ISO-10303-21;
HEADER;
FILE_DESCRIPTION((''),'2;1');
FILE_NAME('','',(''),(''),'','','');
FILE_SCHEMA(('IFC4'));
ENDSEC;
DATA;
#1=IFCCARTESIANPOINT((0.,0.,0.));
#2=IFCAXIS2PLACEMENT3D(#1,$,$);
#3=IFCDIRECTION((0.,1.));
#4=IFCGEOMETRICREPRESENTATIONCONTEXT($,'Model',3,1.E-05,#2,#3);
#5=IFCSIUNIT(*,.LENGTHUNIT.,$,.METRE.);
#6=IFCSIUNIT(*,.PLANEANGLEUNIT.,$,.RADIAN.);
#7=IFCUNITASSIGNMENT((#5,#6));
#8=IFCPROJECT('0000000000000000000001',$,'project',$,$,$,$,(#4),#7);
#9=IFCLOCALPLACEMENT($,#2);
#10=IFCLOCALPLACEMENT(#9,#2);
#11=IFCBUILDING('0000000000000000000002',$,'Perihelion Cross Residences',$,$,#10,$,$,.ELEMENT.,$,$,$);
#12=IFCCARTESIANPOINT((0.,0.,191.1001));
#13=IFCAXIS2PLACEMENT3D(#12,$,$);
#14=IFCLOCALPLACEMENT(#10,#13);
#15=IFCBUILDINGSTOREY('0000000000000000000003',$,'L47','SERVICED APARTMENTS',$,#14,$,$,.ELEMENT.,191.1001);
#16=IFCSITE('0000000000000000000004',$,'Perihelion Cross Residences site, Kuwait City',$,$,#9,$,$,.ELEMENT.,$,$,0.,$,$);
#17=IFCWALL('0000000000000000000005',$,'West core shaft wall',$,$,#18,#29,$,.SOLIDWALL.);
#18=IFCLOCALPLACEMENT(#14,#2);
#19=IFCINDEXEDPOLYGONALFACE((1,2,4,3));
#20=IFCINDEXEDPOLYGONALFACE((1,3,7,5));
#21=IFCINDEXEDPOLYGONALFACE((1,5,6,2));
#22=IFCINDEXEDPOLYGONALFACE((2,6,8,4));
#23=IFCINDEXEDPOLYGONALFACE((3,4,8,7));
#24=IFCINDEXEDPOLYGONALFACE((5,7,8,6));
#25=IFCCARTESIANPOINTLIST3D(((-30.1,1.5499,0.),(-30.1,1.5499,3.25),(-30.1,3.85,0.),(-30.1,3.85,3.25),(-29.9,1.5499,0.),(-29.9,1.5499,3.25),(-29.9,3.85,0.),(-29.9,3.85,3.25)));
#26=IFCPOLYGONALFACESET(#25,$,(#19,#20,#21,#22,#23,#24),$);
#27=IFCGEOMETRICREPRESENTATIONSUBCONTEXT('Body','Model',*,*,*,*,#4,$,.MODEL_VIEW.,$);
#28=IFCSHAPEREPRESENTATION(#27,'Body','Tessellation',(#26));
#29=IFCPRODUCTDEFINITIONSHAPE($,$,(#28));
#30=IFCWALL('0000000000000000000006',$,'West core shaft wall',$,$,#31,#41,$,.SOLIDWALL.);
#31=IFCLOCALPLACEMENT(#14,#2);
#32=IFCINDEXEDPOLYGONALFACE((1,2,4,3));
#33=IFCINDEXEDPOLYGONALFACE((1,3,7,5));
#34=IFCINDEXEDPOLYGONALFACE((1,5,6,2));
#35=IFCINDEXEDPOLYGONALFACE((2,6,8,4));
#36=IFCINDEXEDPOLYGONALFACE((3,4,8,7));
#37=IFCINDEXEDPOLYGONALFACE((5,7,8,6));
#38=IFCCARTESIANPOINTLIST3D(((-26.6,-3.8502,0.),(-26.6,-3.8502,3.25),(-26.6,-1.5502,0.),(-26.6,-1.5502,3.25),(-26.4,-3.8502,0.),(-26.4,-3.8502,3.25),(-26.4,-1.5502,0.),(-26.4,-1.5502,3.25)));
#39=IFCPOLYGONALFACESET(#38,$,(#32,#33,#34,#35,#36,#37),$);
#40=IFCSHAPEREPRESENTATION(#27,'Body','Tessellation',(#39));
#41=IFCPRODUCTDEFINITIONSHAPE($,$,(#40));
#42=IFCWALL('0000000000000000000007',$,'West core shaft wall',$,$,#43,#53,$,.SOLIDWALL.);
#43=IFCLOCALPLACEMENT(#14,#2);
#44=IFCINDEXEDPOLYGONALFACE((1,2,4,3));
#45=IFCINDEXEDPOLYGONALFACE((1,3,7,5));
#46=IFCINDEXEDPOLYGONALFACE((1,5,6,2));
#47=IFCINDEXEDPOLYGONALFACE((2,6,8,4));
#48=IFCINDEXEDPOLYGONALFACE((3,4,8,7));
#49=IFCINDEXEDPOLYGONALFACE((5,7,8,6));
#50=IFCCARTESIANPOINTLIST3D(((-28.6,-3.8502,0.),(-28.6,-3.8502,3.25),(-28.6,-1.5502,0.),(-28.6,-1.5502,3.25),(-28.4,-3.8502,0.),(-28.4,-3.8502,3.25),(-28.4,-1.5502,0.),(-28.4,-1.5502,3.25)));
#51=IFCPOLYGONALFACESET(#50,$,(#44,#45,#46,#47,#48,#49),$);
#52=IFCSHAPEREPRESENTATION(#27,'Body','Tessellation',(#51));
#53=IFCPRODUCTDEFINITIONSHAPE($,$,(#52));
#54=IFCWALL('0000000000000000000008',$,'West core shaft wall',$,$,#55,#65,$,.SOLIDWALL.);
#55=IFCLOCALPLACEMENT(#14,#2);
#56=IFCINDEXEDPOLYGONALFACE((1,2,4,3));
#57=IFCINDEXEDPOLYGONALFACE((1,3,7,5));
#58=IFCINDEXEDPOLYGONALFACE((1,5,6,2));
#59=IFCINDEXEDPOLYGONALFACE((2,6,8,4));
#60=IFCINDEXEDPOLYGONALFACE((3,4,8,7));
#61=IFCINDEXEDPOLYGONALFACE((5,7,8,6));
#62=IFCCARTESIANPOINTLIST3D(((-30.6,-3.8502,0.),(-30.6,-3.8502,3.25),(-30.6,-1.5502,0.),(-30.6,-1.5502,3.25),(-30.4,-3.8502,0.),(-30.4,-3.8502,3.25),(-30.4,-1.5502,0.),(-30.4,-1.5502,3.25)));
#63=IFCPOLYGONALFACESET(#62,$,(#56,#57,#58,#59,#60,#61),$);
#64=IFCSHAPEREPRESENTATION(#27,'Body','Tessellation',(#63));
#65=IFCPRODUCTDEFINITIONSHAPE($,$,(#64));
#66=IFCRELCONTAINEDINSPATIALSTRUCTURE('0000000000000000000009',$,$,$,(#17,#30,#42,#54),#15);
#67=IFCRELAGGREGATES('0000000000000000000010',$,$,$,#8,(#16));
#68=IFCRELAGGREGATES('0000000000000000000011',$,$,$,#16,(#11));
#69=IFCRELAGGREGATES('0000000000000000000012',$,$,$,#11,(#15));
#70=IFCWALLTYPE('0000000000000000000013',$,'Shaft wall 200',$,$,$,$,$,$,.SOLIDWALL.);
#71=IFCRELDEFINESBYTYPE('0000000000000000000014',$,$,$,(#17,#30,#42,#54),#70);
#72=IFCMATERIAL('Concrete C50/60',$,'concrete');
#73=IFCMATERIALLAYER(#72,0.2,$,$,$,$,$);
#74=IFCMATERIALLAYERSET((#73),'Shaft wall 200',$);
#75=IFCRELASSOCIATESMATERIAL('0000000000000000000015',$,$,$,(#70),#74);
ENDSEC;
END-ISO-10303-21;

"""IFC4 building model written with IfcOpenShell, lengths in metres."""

from ifc_helpers import new_model, si_unit, direction, frame, frame_2d, origin, place, context, subcontext, project, spatial, rectangle, extrude, material, layer, layer_set, type_object, element, save


model = new_model("IFC4")

# Units and contexts
model_context = context("Model", 3, precision=1e-05, world=origin(), true_north=direction((0.0, 1.0)))
body_context = subcontext(model_context, "Body", "Model", "MODEL_VIEW")
ifc_project = project(units=[si_unit("LENGTHUNIT", "METRE"), si_unit("PLANEANGLEUNIT", "RADIAN")], contexts=[model_context])

# Site, building, storey
site_placement = place(None, origin())
site = spatial("IfcSite", under=ifc_project, at=site_placement, Name="Perihelion Cross Residences site, Kuwait City", CompositionType="ELEMENT", RefElevation=0.0)
building_placement = place(site_placement, origin())
building = spatial("IfcBuilding", under=site, at=building_placement, Name="Perihelion Cross Residences", CompositionType="ELEMENT")
storey_placement = place(building_placement, frame((0.0, 0.0, 191.1001)))
storey = spatial("IfcBuildingStorey", under=building, at=storey_placement, Name="L47", Description="SERVICED APARTMENTS", CompositionType="ELEMENT", Elevation=191.1001)

# Shared definitions
ifc_material_1 = material(Name="Concrete C50/60", Category="concrete")
ifc_layer_1 = layer(ifc_material_1, 0.2)
ifc_layer_set_1 = layer_set([ifc_layer_1], Name="Shaft wall 200")
wall_type_1 = type_object("IfcWallType", Name="Shaft wall 200", PredefinedType="SOLIDWALL", material=ifc_layer_set_1)

# Walls
for number, where, z_axis, x_axis, name in (
    (1, (-30.0, 1.55, 0.0), (0.0, 0.0, 1.0), (0.0, 1.0, 0.0), "West core shaft wall"),
    (2, (-26.5, -3.8501, 0.0), (0.0, 0.0, 1.0), (0.0, 1.0, 0.0), "West core shaft wall"),
    (3, (-28.5, -3.8501, 0.0), (0.0, 0.0, 1.0), (0.0, 1.0, 0.0), "West core shaft wall"),
    (4, (-30.5, -3.8501, 0.0), (0.0, 0.0, 1.0), (0.0, 1.0, 0.0), "West core shaft wall"),
):
    element("IfcWall", number, at=place(storey_placement, frame(where, z_axis=z_axis, x_axis=x_axis)), inside=storey, type_object=wall_type_1, Name=name, PredefinedType="SOLIDWALL", context=body_context, shape_type="SweptSolid", body=[
        extrude(rectangle(XDim=2.3, YDim=0.2, at=frame_2d((1.1499, 0.0))), origin(), (0.0, 0.0, 1.0), 3.25),
    ])

save(model, "model.ifc")
